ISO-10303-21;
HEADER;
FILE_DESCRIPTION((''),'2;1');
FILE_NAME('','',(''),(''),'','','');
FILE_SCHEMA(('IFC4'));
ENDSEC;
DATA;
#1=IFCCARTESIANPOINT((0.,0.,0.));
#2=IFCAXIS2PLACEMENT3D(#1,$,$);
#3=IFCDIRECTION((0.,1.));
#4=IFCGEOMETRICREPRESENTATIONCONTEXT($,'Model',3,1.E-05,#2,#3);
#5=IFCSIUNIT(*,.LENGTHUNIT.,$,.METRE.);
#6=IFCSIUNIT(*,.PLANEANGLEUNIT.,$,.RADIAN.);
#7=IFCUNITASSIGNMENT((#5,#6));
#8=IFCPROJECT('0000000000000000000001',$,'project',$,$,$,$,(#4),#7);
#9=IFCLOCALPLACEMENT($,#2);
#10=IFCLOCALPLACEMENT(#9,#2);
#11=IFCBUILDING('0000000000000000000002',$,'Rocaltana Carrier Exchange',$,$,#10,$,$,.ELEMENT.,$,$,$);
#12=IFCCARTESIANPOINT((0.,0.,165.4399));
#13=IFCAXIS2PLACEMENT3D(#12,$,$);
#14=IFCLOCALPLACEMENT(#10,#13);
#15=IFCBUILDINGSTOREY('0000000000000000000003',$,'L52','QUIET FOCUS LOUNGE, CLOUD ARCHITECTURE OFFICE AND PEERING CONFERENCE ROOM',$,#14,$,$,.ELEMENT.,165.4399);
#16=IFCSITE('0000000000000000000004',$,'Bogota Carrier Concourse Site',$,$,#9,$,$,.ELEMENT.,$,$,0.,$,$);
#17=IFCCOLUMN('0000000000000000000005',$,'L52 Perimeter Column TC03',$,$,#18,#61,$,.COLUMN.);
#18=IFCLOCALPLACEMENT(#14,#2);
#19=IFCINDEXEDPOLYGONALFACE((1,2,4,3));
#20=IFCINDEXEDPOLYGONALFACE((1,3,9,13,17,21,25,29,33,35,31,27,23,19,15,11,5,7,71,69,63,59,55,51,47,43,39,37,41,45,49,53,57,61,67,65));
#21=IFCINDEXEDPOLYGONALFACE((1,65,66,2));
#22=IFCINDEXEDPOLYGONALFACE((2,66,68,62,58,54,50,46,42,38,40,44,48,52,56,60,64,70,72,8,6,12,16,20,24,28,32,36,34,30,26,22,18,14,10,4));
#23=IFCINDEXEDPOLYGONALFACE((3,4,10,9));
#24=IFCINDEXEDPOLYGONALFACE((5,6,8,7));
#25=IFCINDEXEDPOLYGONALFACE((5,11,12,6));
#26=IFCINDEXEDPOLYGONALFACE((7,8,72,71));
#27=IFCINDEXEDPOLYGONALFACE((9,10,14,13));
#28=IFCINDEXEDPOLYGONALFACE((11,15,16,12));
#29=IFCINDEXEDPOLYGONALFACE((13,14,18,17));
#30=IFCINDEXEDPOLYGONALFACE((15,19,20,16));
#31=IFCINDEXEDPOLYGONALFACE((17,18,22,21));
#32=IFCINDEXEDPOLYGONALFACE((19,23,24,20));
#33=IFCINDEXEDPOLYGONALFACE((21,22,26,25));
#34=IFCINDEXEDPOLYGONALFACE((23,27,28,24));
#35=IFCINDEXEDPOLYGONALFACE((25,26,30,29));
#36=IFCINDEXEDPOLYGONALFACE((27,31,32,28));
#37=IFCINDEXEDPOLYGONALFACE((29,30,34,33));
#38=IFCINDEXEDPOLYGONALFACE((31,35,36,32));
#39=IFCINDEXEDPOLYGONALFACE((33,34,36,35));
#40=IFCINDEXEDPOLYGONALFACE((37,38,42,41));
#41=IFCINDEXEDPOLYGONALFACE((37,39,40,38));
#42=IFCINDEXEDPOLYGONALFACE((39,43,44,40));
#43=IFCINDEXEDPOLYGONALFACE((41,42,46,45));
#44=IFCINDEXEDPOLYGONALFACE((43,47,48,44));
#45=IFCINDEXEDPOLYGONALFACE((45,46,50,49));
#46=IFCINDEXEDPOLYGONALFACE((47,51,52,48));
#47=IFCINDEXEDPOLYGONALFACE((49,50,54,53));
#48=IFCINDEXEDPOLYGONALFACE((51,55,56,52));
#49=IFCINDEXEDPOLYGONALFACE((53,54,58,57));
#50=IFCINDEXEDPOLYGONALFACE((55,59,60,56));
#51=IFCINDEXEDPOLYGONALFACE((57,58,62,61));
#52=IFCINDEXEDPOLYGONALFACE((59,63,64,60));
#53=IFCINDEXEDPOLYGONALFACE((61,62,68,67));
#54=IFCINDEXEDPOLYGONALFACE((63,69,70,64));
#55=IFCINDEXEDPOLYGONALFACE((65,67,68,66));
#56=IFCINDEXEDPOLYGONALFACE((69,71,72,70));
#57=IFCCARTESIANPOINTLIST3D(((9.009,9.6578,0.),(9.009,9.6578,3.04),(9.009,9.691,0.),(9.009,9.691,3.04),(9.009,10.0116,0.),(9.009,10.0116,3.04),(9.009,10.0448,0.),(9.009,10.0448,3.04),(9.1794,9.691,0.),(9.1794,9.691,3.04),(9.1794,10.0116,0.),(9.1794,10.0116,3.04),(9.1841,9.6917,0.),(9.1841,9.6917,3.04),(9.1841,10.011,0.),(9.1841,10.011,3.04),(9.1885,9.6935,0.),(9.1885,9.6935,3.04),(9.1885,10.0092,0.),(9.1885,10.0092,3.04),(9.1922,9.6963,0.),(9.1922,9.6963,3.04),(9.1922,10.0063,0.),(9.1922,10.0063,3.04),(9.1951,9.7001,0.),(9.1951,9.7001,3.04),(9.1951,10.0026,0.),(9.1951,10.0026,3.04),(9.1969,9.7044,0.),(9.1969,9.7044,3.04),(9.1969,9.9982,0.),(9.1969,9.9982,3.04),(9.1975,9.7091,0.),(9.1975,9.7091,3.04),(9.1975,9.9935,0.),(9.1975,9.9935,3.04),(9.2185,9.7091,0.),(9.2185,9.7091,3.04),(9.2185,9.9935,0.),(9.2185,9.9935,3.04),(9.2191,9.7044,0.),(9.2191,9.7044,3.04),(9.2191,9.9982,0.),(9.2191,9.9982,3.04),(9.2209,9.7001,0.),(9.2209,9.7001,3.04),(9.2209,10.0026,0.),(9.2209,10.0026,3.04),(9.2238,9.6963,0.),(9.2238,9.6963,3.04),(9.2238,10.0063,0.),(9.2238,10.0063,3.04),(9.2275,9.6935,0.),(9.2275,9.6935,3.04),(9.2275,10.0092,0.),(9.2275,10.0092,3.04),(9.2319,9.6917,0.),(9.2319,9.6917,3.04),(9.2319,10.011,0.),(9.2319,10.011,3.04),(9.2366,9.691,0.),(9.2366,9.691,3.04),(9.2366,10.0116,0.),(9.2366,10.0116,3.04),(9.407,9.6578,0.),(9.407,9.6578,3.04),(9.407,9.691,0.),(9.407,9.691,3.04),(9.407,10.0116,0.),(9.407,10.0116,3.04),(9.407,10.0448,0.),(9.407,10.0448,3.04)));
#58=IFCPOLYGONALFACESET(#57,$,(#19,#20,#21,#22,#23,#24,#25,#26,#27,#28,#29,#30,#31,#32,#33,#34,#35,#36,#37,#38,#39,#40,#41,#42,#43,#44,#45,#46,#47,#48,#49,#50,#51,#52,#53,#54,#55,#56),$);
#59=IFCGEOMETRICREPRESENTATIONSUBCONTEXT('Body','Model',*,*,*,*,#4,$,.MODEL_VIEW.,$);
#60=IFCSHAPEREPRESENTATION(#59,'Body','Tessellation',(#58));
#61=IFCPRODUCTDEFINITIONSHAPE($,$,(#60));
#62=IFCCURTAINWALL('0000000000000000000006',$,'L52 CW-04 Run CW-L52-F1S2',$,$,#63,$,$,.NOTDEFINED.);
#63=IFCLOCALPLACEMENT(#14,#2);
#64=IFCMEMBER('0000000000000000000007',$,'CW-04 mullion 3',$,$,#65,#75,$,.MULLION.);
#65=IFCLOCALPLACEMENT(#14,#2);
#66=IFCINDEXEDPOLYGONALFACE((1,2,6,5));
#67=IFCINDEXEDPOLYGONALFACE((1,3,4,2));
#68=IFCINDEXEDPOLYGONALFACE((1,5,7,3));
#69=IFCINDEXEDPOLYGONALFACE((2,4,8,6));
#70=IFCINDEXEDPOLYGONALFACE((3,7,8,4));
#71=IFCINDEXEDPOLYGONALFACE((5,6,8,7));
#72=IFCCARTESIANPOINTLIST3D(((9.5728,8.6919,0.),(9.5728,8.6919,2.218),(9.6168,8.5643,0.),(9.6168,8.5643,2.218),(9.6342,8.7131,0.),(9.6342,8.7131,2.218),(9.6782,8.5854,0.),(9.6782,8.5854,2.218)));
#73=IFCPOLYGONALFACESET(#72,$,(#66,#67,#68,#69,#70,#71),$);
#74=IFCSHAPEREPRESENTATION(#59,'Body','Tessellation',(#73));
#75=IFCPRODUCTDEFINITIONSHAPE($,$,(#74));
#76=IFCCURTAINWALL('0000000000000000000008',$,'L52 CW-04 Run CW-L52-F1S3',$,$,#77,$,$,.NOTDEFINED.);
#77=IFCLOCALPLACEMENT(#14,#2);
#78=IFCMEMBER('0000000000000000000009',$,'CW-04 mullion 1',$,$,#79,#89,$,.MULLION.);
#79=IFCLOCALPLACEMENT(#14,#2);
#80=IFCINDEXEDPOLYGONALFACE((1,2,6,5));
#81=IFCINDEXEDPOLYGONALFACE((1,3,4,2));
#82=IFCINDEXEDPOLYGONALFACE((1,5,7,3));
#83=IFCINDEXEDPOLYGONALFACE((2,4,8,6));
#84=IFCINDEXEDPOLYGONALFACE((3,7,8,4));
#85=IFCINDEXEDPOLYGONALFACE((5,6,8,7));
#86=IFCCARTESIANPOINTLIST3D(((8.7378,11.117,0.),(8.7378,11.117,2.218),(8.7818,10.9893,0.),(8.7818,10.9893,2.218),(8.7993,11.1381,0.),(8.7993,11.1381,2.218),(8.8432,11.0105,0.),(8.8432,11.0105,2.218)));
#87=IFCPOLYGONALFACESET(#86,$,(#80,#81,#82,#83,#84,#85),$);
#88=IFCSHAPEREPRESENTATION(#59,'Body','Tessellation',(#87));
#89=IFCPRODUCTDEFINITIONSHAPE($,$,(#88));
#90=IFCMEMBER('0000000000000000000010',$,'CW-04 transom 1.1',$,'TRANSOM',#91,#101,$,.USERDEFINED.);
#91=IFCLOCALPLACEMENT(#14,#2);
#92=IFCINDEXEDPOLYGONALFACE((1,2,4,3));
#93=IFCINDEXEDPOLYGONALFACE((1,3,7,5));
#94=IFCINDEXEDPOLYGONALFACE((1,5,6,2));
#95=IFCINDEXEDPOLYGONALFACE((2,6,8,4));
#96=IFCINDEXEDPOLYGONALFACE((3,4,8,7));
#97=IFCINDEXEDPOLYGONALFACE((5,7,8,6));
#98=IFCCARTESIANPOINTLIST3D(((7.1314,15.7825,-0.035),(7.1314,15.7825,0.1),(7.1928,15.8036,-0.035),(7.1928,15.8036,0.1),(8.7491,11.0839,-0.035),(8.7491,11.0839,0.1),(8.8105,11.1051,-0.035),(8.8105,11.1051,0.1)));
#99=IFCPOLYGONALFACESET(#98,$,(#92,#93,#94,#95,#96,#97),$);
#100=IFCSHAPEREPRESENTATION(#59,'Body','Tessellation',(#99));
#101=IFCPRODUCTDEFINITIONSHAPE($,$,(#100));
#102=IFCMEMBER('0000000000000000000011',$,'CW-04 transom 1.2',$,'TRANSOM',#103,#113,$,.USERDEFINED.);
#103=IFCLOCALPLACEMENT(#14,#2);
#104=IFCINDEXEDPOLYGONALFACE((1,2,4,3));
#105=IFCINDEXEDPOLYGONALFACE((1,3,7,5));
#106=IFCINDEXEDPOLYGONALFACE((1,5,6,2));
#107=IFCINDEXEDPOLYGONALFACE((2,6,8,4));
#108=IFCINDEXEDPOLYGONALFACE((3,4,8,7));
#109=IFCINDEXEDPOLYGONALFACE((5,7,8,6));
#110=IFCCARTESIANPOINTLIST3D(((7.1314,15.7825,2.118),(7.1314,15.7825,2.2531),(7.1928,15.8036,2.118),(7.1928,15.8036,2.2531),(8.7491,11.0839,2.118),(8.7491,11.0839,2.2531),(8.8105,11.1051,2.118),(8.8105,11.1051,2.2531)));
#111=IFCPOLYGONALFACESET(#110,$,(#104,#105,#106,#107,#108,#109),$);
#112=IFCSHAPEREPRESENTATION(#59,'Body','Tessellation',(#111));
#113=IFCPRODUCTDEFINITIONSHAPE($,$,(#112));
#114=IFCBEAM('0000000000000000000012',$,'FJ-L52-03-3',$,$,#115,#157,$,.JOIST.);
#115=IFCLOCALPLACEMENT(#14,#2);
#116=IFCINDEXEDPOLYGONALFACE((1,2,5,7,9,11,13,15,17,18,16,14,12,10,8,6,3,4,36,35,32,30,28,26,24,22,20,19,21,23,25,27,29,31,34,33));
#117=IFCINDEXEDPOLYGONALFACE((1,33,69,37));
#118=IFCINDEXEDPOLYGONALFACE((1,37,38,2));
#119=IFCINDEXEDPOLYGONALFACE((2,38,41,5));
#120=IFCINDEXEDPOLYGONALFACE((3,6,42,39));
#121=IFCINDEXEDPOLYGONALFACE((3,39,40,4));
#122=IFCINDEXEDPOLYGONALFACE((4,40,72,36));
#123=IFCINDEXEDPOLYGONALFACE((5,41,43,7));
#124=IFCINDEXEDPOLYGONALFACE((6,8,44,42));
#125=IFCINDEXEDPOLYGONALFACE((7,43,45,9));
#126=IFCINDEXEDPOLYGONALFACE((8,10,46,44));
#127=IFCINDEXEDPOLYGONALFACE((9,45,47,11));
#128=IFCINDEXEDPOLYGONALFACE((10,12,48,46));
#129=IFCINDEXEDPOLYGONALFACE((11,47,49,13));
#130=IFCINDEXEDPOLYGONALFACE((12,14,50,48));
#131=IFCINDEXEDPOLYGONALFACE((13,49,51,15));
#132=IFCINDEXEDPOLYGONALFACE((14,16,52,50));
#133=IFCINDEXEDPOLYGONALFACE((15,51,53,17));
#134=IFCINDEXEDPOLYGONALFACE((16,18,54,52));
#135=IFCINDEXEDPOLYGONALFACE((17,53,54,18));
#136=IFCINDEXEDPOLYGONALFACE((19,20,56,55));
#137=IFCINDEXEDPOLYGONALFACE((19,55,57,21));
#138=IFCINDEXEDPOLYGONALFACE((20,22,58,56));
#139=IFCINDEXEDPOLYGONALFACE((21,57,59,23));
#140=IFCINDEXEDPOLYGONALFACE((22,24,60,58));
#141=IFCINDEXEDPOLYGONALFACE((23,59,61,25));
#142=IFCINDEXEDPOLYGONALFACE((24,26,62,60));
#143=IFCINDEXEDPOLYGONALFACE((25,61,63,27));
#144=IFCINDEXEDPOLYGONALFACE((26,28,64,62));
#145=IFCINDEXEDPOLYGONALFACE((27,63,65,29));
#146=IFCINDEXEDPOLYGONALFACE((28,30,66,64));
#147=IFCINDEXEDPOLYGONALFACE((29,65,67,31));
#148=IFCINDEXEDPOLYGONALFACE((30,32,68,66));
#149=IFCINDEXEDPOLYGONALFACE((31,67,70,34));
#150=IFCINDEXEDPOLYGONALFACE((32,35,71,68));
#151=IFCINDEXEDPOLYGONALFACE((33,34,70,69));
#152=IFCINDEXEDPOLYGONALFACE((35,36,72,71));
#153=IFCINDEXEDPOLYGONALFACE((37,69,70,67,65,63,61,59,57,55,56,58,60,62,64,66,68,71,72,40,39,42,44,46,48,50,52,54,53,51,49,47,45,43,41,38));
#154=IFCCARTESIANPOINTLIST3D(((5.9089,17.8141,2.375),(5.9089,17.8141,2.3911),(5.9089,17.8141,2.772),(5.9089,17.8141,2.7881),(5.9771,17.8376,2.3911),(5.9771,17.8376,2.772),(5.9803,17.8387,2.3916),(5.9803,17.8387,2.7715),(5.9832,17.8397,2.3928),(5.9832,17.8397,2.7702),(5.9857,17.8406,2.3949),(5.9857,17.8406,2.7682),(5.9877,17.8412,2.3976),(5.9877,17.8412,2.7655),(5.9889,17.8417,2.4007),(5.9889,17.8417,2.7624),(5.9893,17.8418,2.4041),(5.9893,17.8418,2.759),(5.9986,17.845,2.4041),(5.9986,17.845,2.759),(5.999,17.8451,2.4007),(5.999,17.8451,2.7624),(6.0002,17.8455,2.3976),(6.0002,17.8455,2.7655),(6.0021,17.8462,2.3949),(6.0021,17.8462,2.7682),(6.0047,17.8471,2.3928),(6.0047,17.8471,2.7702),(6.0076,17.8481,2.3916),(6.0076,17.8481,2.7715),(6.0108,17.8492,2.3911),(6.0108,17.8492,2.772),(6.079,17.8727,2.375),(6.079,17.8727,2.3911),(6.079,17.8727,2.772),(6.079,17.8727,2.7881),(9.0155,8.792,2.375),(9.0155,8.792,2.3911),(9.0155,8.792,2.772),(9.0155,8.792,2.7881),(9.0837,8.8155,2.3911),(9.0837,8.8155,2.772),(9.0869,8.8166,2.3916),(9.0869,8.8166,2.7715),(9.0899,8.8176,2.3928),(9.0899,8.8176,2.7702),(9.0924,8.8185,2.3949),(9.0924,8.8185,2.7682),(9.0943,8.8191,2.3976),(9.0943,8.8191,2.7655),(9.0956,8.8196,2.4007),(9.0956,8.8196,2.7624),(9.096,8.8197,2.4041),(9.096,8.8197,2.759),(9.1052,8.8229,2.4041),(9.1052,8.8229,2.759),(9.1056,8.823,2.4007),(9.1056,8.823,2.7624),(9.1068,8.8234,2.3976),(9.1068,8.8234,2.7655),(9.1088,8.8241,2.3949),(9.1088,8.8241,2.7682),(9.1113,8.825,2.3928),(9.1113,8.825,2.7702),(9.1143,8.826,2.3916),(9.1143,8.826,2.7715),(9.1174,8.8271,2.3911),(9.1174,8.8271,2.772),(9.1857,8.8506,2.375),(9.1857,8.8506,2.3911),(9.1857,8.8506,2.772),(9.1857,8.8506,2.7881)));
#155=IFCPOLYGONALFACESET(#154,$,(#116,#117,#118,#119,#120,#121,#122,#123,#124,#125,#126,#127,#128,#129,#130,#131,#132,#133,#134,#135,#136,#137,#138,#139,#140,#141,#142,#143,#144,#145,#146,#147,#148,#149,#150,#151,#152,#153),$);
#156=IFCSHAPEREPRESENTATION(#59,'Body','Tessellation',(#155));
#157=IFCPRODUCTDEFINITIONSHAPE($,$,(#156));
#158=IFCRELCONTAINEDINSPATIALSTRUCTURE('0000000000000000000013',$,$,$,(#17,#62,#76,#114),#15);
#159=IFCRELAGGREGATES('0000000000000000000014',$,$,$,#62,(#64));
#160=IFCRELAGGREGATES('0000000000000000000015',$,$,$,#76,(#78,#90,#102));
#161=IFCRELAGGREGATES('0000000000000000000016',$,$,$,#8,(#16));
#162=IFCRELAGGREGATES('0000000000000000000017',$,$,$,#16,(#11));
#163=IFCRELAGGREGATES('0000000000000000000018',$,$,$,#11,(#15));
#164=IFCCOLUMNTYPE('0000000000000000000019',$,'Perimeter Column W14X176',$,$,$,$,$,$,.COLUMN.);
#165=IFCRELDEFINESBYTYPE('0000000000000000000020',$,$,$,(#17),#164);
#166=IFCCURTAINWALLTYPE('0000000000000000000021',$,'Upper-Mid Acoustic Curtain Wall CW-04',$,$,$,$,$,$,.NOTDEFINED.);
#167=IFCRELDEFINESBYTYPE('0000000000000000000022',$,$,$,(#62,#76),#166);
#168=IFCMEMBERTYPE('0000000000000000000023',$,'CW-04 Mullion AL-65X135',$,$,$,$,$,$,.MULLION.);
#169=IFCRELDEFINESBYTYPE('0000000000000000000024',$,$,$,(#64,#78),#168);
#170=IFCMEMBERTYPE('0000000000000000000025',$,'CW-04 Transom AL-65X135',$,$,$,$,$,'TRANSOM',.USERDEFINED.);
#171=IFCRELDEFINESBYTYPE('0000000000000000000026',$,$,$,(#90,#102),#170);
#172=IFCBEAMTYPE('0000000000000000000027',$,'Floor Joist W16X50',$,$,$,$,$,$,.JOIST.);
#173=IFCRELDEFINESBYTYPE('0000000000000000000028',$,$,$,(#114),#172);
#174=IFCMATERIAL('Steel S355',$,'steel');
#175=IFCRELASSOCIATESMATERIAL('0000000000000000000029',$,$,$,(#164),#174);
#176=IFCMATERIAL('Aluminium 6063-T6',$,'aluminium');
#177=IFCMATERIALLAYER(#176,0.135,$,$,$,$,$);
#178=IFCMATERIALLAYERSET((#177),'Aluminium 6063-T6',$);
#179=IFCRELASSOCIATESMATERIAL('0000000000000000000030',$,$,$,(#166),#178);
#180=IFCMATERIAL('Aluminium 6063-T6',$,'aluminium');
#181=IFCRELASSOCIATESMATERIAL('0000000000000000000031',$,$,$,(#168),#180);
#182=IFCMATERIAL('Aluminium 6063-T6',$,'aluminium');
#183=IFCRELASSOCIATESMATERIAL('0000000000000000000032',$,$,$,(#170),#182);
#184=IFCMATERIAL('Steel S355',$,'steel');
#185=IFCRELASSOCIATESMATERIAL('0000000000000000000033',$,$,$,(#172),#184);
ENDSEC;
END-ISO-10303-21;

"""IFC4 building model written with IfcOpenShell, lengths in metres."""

from ifc_helpers import new_model, si_unit, direction, frame, origin, origin_2d, place, context, subcontext, project, spatial, rectangle, i_section, extrude, material, layer, layer_set, material_profile, profile_set, type_object, element, aggregate, save


model = new_model("IFC4")

# Units and contexts
model_context = context("Model", 3, precision=1e-05, world=origin(), true_north=direction((0.0, 1.0)))
body_context = subcontext(model_context, "Body", "Model", "MODEL_VIEW")
ifc_project = project(units=[si_unit("LENGTHUNIT", "METRE"), si_unit("PLANEANGLEUNIT", "RADIAN")], contexts=[model_context])

# Site, building, storey
site_placement = place(None, origin())
site = spatial("IfcSite", under=ifc_project, at=site_placement, Name="Bogota Carrier Concourse Site", CompositionType="ELEMENT", RefElevation=0.0)
building_placement = place(site_placement, origin())
building = spatial("IfcBuilding", under=site, at=building_placement, Name="Rocaltana Carrier Exchange", CompositionType="ELEMENT")
storey_placement = place(building_placement, frame((0.0, 0.0, 165.4399)))
storey = spatial("IfcBuildingStorey", under=building, at=storey_placement, Name="L52", Description="QUIET FOCUS LOUNGE, CLOUD ARCHITECTURE OFFICE AND PEERING CONFERENCE ROOM", CompositionType="ELEMENT", Elevation=165.4399)

# Column
ifc_material_1 = material(Name="Steel S355", Category="steel")
ifc_material_profile_1 = material_profile(ifc_material_1, i_section(OverallWidth=0.3979, OverallDepth=0.387, WebThickness=0.021, FlangeThickness=0.0332, FilletRadius=0.0181, at=origin_2d()), Name="W14X176")
ifc_profile_set_1 = profile_set([ifc_material_profile_1], Name="Steel S355")
column_type = type_object("IfcColumnType", Name="Perimeter Column W14X176", PredefinedType="COLUMN", material=ifc_profile_set_1)
column_placement = place(storey_placement, frame((9.208, 9.8513, 0.0), z_axis=(0.0, 0.0, 1.0), x_axis=(1.0, 0.0, 0.0)))
element("IfcColumn", 1, at=column_placement, inside=storey, type_object=column_type, Name="L52 Perimeter Column TC03", PredefinedType="COLUMN", context=body_context, shape_type="SweptSolid", body=[
    extrude(i_section(OverallWidth=0.3979, OverallDepth=0.387, WebThickness=0.021, FlangeThickness=0.0332, FilletRadius=0.0181, at=origin_2d()), origin(), (0.0, 0.0, 1.0), 3.04),
])

# Curtain wall, member
ifc_material_2 = material(Name="Aluminium 6063-T6", Category="aluminium")
ifc_layer_1 = layer(ifc_material_2, 0.135)
ifc_layer_set_1 = layer_set([ifc_layer_1], Name="Aluminium 6063-T6")
curtain_wall_type = type_object("IfcCurtainWallType", Name="Upper-Mid Acoustic Curtain Wall CW-04", PredefinedType="NOTDEFINED", material=ifc_layer_set_1)
curtain_wall_1_placement = place(storey_placement, origin())
curtain_wall_1 = element("IfcCurtainWall", 2, at=curtain_wall_1_placement, inside=storey, type_object=curtain_wall_type, Name="L52 CW-04 Run CW-L52-F1S2", PredefinedType="NOTDEFINED")
ifc_material_3 = material(Name="Aluminium 6063-T6", Category="aluminium")
ifc_material_profile_2 = material_profile(ifc_material_3, rectangle(XDim=0.0649, YDim=0.135, at=origin_2d()), Name="AL-65X135")
ifc_profile_set_2 = profile_set([ifc_material_profile_2], Name="Aluminium 6063-T6")
member_type_1 = type_object("IfcMemberType", Name="CW-04 Mullion AL-65X135", PredefinedType="MULLION", material=ifc_profile_set_2)
member_1_placement = place(storey_placement, frame((9.6255, 8.6387, 0.0), z_axis=(0.0, 0.0, 1.0), x_axis=(-0.945521, -0.325562, 0.0)))
member_1 = element("IfcMember", 3, at=member_1_placement, type_object=member_type_1, Name="CW-04 mullion 3", PredefinedType="MULLION", context=body_context, shape_type="SweptSolid", body=[
    extrude(rectangle(XDim=0.0649, YDim=0.135, at=origin_2d()), origin(), (0.0, 0.0, 1.0), 2.218),
])

# Curtain wall, members
curtain_wall_2_placement = place(storey_placement, origin())
curtain_wall_2 = element("IfcCurtainWall", 4, at=curtain_wall_2_placement, inside=storey, type_object=curtain_wall_type, Name="L52 CW-04 Run CW-L52-F1S3", PredefinedType="NOTDEFINED")
member_2_placement = place(storey_placement, frame((8.7905, 11.0637, 0.0), z_axis=(0.0, 0.0, 1.0), x_axis=(-0.945522, -0.325559, 0.0)))
member_2 = element("IfcMember", 5, at=member_2_placement, type_object=member_type_1, Name="CW-04 mullion 1", PredefinedType="MULLION", context=body_context, shape_type="SweptSolid", body=[
    extrude(rectangle(XDim=0.0649, YDim=0.135, at=origin_2d()), origin(), (0.0, 0.0, 1.0), 2.218),
])
ifc_material_4 = material(Name="Aluminium 6063-T6", Category="aluminium")
ifc_material_profile_3 = material_profile(ifc_material_4, rectangle(XDim=0.0649, YDim=0.135, at=origin_2d()), Name="AL-65X135")
ifc_profile_set_3 = profile_set([ifc_material_profile_3], Name="Aluminium 6063-T6")
member_type_2 = type_object("IfcMemberType", Name="CW-04 Transom AL-65X135", ElementType="TRANSOM", PredefinedType="USERDEFINED", material=ifc_profile_set_3)
member_3_placement = place(storey_placement, frame((8.7798, 11.0945, 0.0325), z_axis=(-0.325542, 0.945527, 0.0), x_axis=(-0.945527, -0.325542, 0.0)))
member_3 = element("IfcMember", 6, at=member_3_placement, type_object=member_type_2, Name="CW-04 transom 1.1", ObjectType="TRANSOM", PredefinedType="USERDEFINED", context=body_context, shape_type="SweptSolid", body=[
    extrude(rectangle(XDim=0.0649, YDim=0.135, at=origin_2d()), origin(), (0.0, 0.0, 1.0), 4.9692),
])
member_4_placement = place(storey_placement, frame((8.7798, 11.0945, 2.1855), z_axis=(-0.325542, 0.945527, 0.0), x_axis=(-0.945527, -0.325542, 0.0)))
member_4 = element("IfcMember", 7, at=member_4_placement, type_object=member_type_2, Name="CW-04 transom 1.2", ObjectType="TRANSOM", PredefinedType="USERDEFINED", context=body_context, shape_type="SweptSolid", body=[
    extrude(rectangle(XDim=0.0649, YDim=0.135, at=origin_2d()), origin(), (0.0, 0.0, 1.0), 4.9692),
])

# Beam
ifc_material_5 = material(Name="Steel S355", Category="steel")
ifc_material_profile_4 = material_profile(ifc_material_5, i_section(OverallWidth=0.1799, OverallDepth=0.4131, WebThickness=0.0098, FlangeThickness=0.0161, FilletRadius=0.0129, at=origin_2d()), Name="W16X50")
ifc_profile_set_4 = profile_set([ifc_material_profile_4], Name="Steel S355")
beam_type_1 = type_object("IfcBeamType", Name="Floor Joist W16X50", PredefinedType="JOIST", material=ifc_profile_set_4)
beam_1_placement = place(storey_placement, frame((9.1006, 8.8213, 2.5815), z_axis=(-0.325577, 0.945516, 0.0), x_axis=(-0.945516, -0.325577, 0.0)))
element("IfcBeam", 8, at=beam_1_placement, inside=storey, type_object=beam_type_1, Name="FJ-L52-03-3", PredefinedType="JOIST", context=body_context, shape_type="SweptSolid", body=[
    extrude(i_section(OverallWidth=0.1799, OverallDepth=0.4131, WebThickness=0.0098, FlangeThickness=0.0161, FilletRadius=0.0129, at=origin_2d()), origin(), (0.0, 0.0, 1.0), 9.542),
])

aggregate(curtain_wall_1, [member_1])
aggregate(curtain_wall_2, [member_2, member_3, member_4])

save(model, "model.ifc")
